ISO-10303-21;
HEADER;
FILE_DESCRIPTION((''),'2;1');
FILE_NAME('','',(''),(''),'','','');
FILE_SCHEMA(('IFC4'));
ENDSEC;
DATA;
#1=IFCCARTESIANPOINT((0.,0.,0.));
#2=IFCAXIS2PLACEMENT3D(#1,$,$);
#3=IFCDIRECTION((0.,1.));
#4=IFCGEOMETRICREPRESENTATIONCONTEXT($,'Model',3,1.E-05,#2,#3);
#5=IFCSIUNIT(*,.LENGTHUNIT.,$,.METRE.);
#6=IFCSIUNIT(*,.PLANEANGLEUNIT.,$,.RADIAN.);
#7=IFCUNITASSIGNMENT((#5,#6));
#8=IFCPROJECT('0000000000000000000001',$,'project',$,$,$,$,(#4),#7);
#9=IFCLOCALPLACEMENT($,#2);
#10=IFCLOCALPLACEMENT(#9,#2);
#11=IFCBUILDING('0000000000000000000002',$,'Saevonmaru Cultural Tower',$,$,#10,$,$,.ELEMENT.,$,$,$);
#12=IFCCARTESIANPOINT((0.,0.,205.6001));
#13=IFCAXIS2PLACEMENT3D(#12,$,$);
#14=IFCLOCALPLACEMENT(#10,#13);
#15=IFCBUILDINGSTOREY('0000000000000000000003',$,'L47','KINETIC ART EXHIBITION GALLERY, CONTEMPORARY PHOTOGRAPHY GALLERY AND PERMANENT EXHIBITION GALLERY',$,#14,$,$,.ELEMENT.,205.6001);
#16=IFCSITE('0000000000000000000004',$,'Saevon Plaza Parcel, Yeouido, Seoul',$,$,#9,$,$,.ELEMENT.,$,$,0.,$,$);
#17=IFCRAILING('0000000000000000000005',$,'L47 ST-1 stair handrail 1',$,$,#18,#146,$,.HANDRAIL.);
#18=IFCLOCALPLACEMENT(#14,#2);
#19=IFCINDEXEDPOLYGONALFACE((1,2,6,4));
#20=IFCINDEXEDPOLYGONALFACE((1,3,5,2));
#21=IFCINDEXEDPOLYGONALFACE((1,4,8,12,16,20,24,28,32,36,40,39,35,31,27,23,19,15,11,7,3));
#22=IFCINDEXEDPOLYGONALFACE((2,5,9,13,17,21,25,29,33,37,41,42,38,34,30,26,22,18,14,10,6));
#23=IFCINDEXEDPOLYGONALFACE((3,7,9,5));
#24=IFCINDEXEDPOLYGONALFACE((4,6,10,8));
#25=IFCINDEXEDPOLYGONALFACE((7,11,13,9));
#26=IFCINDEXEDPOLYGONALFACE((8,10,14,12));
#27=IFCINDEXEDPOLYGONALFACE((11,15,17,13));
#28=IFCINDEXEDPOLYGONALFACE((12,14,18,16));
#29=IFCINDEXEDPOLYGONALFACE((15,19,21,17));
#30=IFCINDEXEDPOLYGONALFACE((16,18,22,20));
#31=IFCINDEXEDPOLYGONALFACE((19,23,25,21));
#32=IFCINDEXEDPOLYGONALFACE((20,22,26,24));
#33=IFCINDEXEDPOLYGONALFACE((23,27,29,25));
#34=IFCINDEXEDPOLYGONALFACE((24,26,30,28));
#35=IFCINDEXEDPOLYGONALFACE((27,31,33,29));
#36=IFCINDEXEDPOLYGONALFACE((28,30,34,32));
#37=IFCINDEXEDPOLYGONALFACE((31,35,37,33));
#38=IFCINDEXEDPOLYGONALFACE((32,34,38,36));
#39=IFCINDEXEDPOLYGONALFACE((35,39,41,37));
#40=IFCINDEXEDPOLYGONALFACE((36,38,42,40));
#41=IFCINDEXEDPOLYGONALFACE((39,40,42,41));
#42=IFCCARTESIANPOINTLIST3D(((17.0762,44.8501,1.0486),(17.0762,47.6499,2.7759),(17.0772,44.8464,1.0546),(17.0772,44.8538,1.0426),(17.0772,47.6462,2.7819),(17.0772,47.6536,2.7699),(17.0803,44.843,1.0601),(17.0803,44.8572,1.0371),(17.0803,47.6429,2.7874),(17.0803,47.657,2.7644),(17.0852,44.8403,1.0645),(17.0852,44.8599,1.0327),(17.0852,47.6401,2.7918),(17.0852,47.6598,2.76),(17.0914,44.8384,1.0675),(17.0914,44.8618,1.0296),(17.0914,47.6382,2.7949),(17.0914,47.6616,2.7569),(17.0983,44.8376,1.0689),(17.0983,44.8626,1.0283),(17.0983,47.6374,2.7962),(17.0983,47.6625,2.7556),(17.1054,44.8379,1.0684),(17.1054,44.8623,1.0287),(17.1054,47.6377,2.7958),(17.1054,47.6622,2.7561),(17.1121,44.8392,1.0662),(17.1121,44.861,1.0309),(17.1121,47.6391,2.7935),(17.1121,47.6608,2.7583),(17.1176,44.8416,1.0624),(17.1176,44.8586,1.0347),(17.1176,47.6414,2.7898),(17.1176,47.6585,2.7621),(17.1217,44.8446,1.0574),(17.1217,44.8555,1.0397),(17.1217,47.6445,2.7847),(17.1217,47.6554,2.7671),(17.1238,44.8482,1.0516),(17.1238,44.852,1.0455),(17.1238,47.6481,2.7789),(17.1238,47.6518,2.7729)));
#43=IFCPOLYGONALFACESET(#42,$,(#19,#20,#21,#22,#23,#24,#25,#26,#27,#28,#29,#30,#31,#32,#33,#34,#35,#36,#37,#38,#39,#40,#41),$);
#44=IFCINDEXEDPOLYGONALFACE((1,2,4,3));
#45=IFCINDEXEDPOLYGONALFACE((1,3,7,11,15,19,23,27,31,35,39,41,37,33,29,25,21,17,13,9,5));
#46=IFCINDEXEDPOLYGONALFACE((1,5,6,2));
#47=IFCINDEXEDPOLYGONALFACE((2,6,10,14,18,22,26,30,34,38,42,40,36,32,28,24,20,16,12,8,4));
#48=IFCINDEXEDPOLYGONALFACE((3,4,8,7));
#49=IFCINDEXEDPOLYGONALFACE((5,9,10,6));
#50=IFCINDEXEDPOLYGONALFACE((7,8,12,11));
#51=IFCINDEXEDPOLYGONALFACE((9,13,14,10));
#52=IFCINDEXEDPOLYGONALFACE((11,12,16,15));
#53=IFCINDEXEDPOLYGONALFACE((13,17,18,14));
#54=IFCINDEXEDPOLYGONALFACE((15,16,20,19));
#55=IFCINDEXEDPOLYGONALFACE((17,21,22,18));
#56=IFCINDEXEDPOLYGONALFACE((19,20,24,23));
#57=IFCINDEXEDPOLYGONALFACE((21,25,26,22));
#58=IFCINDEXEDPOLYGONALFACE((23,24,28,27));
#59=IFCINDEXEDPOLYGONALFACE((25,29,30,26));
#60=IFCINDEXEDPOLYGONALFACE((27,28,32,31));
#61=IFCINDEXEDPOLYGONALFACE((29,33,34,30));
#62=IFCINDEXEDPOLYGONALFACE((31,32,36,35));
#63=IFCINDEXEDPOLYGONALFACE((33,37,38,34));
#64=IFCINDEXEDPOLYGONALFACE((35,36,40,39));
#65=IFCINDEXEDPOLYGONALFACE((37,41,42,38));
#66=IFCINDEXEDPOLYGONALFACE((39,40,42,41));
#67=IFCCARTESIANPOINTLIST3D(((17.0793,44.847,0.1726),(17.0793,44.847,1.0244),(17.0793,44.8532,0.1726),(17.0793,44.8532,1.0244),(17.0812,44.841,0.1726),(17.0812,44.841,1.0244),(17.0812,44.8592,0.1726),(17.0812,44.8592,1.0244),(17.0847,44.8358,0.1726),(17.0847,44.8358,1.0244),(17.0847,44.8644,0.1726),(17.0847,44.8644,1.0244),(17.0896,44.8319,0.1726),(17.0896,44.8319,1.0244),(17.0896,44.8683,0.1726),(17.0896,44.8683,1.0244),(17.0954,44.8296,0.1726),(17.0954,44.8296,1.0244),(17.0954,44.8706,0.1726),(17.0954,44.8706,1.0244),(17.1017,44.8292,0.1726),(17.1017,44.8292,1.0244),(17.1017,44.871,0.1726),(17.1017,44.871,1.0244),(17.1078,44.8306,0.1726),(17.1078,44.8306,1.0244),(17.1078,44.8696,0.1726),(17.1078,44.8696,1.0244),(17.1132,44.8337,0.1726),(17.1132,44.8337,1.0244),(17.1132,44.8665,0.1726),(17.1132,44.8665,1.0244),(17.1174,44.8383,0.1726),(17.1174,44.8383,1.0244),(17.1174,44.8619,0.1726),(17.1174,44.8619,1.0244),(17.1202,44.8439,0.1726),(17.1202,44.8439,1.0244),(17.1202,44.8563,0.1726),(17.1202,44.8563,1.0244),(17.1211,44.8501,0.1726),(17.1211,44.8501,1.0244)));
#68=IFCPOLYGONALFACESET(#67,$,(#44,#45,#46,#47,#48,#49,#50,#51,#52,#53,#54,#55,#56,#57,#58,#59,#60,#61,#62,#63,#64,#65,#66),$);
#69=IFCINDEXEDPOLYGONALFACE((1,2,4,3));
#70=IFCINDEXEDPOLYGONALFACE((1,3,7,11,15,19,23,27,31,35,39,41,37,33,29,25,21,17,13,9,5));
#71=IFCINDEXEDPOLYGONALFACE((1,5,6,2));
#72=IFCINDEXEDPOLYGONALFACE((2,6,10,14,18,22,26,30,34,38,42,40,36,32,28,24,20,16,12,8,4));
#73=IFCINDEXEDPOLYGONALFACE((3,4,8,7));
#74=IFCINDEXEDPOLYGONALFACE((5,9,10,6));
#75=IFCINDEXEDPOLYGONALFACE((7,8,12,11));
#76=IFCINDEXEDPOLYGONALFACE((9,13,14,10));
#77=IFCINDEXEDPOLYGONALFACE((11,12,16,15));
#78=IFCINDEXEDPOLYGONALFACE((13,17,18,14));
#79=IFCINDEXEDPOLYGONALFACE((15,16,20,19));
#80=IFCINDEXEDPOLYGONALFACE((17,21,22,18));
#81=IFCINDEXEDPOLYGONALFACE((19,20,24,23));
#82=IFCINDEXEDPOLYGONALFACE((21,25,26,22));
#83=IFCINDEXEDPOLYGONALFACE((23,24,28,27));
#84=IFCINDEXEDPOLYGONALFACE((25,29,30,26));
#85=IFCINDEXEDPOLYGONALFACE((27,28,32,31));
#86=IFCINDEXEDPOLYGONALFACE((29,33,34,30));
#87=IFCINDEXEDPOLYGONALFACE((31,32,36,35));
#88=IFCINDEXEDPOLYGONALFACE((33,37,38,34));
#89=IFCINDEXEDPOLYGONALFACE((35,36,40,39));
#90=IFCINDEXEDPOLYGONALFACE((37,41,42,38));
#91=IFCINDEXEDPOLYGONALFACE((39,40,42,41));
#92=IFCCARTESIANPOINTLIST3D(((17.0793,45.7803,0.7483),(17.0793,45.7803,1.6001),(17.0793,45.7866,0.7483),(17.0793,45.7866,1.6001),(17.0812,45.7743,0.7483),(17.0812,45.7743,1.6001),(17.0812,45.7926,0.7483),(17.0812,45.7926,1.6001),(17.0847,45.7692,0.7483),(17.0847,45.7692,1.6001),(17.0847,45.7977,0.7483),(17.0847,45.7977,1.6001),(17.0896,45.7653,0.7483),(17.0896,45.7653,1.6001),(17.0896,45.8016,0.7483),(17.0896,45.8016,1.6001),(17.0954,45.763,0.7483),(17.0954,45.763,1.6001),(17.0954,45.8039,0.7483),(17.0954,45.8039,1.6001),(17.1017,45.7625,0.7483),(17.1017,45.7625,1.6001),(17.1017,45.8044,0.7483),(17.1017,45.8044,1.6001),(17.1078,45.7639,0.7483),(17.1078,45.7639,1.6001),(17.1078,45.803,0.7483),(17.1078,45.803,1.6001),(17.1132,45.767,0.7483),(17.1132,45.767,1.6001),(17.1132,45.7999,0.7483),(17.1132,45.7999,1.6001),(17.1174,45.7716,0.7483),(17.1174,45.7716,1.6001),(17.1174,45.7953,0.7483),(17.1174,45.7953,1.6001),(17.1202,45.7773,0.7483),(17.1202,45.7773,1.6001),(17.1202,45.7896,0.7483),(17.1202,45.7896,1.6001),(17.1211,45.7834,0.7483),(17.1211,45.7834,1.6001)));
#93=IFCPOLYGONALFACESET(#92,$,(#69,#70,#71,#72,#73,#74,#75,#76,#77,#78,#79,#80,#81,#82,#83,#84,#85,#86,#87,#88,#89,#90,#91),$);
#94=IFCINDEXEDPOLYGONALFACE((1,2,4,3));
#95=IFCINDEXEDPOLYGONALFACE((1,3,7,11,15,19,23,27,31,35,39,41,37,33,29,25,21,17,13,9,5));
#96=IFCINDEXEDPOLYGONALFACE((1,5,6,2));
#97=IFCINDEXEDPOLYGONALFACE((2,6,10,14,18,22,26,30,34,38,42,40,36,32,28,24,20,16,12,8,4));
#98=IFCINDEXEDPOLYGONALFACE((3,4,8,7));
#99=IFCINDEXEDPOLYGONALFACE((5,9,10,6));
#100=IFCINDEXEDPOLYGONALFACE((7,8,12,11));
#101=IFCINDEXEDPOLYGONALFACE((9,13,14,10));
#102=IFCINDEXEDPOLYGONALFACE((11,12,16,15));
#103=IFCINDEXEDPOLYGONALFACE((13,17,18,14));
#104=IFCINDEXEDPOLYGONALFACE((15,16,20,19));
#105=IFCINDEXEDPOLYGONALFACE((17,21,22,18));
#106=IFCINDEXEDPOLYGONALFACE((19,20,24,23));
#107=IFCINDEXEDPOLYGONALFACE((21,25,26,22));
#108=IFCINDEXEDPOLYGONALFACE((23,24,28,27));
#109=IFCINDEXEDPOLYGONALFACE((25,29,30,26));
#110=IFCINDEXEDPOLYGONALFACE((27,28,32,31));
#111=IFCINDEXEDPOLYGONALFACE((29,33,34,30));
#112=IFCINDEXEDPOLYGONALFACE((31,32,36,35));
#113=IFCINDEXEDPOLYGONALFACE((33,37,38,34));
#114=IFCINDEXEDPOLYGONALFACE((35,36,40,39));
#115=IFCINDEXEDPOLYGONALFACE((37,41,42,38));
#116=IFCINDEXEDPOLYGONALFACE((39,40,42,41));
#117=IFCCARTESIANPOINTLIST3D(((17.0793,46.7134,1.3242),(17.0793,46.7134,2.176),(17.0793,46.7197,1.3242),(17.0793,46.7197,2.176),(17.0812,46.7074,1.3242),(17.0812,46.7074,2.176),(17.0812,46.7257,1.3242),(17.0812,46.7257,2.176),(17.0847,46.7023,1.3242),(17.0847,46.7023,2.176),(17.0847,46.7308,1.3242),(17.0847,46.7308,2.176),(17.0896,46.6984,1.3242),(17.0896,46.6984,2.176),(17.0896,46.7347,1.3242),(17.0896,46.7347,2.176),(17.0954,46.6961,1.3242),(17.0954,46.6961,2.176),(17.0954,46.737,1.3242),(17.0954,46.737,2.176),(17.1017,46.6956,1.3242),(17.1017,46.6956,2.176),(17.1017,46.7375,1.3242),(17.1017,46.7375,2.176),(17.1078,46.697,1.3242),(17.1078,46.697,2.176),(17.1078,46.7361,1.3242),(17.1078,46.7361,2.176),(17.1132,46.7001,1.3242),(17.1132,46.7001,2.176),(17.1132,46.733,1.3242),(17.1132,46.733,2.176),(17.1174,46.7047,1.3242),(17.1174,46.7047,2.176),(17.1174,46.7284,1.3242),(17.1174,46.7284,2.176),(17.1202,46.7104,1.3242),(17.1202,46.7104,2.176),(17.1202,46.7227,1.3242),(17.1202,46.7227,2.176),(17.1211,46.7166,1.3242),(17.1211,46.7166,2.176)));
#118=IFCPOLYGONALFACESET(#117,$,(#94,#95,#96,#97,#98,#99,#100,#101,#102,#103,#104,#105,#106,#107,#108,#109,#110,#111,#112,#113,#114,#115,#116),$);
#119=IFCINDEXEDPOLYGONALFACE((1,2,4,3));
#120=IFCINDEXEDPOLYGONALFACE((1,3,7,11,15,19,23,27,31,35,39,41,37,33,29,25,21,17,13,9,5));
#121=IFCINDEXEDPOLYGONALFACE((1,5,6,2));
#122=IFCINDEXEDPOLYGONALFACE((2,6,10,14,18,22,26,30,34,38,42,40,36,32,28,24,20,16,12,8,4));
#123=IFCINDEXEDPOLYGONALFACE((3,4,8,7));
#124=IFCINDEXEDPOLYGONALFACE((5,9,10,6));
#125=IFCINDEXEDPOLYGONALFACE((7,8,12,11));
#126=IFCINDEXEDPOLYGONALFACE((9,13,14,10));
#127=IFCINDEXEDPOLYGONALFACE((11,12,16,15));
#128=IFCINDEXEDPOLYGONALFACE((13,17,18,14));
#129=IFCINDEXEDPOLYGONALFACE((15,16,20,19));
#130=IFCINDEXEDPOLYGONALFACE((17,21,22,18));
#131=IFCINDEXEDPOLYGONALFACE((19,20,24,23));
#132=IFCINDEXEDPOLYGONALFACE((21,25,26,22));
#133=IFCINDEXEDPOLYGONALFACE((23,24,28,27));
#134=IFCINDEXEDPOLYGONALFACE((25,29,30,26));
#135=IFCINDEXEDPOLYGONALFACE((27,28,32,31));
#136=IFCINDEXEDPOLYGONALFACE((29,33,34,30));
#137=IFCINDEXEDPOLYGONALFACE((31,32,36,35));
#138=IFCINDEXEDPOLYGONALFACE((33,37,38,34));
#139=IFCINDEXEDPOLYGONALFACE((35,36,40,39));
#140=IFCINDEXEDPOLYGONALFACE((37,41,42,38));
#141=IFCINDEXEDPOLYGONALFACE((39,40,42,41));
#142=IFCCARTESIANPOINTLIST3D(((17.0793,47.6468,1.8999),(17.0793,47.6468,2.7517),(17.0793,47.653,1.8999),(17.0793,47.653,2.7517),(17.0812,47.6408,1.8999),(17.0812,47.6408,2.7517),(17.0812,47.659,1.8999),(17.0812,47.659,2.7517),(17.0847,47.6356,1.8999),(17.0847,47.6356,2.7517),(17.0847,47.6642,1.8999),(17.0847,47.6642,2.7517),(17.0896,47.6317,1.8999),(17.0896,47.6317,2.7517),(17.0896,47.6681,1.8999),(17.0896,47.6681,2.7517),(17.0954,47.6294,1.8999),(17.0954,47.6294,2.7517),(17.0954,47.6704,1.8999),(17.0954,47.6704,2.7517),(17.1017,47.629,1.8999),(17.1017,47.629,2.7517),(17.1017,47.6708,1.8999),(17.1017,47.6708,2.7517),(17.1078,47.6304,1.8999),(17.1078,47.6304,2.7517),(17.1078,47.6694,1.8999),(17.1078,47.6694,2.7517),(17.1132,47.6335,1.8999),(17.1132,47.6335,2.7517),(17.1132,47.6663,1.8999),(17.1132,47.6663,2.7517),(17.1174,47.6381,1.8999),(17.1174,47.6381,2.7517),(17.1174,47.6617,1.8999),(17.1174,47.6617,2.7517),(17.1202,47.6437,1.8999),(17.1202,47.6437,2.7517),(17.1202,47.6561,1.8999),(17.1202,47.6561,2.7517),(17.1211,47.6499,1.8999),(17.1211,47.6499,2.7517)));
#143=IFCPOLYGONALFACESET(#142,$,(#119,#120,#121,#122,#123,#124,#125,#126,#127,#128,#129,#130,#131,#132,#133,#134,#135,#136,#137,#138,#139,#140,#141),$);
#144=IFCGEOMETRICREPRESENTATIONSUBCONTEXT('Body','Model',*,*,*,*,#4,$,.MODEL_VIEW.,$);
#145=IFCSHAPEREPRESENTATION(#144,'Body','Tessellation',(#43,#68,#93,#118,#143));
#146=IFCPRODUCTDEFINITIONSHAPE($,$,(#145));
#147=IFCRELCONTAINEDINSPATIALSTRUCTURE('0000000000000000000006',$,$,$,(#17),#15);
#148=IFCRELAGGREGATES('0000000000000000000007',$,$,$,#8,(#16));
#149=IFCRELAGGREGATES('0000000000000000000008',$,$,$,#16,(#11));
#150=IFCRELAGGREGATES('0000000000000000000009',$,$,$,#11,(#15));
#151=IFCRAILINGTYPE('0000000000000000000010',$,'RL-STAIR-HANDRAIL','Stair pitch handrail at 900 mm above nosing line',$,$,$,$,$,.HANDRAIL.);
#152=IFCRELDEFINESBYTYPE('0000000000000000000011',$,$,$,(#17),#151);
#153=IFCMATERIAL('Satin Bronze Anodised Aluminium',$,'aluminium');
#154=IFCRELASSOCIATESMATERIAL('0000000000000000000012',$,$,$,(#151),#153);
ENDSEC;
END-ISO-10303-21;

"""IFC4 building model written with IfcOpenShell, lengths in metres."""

from ifc_helpers import new_model, si_unit, direction, frame, origin, origin_2d, place, context, subcontext, project, spatial, circle, extrude, material, type_object, element, save


model = new_model("IFC4")

# Units and contexts
model_context = context("Model", 3, precision=1e-05, world=origin(), true_north=direction((0.0, 1.0)))
body_context = subcontext(model_context, "Body", "Model", "MODEL_VIEW")
ifc_project = project(units=[si_unit("LENGTHUNIT", "METRE"), si_unit("PLANEANGLEUNIT", "RADIAN")], contexts=[model_context])

# Site, building, storey
site_placement = place(None, origin())
site = spatial("IfcSite", under=ifc_project, at=site_placement, Name="Saevon Plaza Parcel, Yeouido, Seoul", CompositionType="ELEMENT", RefElevation=0.0)
building_placement = place(site_placement, origin())
building = spatial("IfcBuilding", under=site, at=building_placement, Name="Saevonmaru Cultural Tower", CompositionType="ELEMENT")
storey_placement = place(building_placement, frame((0.0, 0.0, 205.6001)))
storey = spatial("IfcBuildingStorey", under=building, at=storey_placement, Name="L47", Description="KINETIC ART EXHIBITION GALLERY, CONTEMPORARY PHOTOGRAPHY GALLERY AND PERMANENT EXHIBITION GALLERY", CompositionType="ELEMENT", Elevation=205.6001)

# Shared definitions
ifc_material_1 = material(Name="Satin Bronze Anodised Aluminium", Category="aluminium")

# Railing
railing_type_1 = type_object("IfcRailingType", Name="RL-STAIR-HANDRAIL", Description="Stair pitch handrail at 900 mm above nosing line", PredefinedType="HANDRAIL", material=ifc_material_1)
railing_1_placement = place(storey_placement, frame((17.1001, 44.8501, 0.1726)))
element("IfcRailing", 1, at=railing_1_placement, inside=storey, type_object=railing_type_1, Name="L47 ST-1 stair handrail 1", PredefinedType="HANDRAIL", context=body_context, shape_type="SweptSolid", body=[
    extrude(circle(Radius=0.0239, at=origin_2d()), frame((0.0, 0.0, 0.876), z_axis=(0.0, 0.851069, 0.525054), x_axis=(-1.0, 0.0, 0.0)), (0.0, 0.0, 1.0), 3.2898),
    extrude(circle(Radius=0.021, at=origin_2d()), origin(), (0.0, 0.0, 1.0), 0.8518),
    extrude(circle(Radius=0.021, at=origin_2d()), frame((0.0, 0.9333, 0.5757)), (0.0, 0.0, 1.0), 0.8518),
    extrude(circle(Radius=0.021, at=origin_2d()), frame((0.0, 1.8665, 1.1516)), (0.0, 0.0, 1.0), 0.8518),
    extrude(circle(Radius=0.021, at=origin_2d()), frame((0.0, 2.7998, 1.7273)), (0.0, 0.0, 1.0), 0.8518),
])

save(model, "model.ifc")
